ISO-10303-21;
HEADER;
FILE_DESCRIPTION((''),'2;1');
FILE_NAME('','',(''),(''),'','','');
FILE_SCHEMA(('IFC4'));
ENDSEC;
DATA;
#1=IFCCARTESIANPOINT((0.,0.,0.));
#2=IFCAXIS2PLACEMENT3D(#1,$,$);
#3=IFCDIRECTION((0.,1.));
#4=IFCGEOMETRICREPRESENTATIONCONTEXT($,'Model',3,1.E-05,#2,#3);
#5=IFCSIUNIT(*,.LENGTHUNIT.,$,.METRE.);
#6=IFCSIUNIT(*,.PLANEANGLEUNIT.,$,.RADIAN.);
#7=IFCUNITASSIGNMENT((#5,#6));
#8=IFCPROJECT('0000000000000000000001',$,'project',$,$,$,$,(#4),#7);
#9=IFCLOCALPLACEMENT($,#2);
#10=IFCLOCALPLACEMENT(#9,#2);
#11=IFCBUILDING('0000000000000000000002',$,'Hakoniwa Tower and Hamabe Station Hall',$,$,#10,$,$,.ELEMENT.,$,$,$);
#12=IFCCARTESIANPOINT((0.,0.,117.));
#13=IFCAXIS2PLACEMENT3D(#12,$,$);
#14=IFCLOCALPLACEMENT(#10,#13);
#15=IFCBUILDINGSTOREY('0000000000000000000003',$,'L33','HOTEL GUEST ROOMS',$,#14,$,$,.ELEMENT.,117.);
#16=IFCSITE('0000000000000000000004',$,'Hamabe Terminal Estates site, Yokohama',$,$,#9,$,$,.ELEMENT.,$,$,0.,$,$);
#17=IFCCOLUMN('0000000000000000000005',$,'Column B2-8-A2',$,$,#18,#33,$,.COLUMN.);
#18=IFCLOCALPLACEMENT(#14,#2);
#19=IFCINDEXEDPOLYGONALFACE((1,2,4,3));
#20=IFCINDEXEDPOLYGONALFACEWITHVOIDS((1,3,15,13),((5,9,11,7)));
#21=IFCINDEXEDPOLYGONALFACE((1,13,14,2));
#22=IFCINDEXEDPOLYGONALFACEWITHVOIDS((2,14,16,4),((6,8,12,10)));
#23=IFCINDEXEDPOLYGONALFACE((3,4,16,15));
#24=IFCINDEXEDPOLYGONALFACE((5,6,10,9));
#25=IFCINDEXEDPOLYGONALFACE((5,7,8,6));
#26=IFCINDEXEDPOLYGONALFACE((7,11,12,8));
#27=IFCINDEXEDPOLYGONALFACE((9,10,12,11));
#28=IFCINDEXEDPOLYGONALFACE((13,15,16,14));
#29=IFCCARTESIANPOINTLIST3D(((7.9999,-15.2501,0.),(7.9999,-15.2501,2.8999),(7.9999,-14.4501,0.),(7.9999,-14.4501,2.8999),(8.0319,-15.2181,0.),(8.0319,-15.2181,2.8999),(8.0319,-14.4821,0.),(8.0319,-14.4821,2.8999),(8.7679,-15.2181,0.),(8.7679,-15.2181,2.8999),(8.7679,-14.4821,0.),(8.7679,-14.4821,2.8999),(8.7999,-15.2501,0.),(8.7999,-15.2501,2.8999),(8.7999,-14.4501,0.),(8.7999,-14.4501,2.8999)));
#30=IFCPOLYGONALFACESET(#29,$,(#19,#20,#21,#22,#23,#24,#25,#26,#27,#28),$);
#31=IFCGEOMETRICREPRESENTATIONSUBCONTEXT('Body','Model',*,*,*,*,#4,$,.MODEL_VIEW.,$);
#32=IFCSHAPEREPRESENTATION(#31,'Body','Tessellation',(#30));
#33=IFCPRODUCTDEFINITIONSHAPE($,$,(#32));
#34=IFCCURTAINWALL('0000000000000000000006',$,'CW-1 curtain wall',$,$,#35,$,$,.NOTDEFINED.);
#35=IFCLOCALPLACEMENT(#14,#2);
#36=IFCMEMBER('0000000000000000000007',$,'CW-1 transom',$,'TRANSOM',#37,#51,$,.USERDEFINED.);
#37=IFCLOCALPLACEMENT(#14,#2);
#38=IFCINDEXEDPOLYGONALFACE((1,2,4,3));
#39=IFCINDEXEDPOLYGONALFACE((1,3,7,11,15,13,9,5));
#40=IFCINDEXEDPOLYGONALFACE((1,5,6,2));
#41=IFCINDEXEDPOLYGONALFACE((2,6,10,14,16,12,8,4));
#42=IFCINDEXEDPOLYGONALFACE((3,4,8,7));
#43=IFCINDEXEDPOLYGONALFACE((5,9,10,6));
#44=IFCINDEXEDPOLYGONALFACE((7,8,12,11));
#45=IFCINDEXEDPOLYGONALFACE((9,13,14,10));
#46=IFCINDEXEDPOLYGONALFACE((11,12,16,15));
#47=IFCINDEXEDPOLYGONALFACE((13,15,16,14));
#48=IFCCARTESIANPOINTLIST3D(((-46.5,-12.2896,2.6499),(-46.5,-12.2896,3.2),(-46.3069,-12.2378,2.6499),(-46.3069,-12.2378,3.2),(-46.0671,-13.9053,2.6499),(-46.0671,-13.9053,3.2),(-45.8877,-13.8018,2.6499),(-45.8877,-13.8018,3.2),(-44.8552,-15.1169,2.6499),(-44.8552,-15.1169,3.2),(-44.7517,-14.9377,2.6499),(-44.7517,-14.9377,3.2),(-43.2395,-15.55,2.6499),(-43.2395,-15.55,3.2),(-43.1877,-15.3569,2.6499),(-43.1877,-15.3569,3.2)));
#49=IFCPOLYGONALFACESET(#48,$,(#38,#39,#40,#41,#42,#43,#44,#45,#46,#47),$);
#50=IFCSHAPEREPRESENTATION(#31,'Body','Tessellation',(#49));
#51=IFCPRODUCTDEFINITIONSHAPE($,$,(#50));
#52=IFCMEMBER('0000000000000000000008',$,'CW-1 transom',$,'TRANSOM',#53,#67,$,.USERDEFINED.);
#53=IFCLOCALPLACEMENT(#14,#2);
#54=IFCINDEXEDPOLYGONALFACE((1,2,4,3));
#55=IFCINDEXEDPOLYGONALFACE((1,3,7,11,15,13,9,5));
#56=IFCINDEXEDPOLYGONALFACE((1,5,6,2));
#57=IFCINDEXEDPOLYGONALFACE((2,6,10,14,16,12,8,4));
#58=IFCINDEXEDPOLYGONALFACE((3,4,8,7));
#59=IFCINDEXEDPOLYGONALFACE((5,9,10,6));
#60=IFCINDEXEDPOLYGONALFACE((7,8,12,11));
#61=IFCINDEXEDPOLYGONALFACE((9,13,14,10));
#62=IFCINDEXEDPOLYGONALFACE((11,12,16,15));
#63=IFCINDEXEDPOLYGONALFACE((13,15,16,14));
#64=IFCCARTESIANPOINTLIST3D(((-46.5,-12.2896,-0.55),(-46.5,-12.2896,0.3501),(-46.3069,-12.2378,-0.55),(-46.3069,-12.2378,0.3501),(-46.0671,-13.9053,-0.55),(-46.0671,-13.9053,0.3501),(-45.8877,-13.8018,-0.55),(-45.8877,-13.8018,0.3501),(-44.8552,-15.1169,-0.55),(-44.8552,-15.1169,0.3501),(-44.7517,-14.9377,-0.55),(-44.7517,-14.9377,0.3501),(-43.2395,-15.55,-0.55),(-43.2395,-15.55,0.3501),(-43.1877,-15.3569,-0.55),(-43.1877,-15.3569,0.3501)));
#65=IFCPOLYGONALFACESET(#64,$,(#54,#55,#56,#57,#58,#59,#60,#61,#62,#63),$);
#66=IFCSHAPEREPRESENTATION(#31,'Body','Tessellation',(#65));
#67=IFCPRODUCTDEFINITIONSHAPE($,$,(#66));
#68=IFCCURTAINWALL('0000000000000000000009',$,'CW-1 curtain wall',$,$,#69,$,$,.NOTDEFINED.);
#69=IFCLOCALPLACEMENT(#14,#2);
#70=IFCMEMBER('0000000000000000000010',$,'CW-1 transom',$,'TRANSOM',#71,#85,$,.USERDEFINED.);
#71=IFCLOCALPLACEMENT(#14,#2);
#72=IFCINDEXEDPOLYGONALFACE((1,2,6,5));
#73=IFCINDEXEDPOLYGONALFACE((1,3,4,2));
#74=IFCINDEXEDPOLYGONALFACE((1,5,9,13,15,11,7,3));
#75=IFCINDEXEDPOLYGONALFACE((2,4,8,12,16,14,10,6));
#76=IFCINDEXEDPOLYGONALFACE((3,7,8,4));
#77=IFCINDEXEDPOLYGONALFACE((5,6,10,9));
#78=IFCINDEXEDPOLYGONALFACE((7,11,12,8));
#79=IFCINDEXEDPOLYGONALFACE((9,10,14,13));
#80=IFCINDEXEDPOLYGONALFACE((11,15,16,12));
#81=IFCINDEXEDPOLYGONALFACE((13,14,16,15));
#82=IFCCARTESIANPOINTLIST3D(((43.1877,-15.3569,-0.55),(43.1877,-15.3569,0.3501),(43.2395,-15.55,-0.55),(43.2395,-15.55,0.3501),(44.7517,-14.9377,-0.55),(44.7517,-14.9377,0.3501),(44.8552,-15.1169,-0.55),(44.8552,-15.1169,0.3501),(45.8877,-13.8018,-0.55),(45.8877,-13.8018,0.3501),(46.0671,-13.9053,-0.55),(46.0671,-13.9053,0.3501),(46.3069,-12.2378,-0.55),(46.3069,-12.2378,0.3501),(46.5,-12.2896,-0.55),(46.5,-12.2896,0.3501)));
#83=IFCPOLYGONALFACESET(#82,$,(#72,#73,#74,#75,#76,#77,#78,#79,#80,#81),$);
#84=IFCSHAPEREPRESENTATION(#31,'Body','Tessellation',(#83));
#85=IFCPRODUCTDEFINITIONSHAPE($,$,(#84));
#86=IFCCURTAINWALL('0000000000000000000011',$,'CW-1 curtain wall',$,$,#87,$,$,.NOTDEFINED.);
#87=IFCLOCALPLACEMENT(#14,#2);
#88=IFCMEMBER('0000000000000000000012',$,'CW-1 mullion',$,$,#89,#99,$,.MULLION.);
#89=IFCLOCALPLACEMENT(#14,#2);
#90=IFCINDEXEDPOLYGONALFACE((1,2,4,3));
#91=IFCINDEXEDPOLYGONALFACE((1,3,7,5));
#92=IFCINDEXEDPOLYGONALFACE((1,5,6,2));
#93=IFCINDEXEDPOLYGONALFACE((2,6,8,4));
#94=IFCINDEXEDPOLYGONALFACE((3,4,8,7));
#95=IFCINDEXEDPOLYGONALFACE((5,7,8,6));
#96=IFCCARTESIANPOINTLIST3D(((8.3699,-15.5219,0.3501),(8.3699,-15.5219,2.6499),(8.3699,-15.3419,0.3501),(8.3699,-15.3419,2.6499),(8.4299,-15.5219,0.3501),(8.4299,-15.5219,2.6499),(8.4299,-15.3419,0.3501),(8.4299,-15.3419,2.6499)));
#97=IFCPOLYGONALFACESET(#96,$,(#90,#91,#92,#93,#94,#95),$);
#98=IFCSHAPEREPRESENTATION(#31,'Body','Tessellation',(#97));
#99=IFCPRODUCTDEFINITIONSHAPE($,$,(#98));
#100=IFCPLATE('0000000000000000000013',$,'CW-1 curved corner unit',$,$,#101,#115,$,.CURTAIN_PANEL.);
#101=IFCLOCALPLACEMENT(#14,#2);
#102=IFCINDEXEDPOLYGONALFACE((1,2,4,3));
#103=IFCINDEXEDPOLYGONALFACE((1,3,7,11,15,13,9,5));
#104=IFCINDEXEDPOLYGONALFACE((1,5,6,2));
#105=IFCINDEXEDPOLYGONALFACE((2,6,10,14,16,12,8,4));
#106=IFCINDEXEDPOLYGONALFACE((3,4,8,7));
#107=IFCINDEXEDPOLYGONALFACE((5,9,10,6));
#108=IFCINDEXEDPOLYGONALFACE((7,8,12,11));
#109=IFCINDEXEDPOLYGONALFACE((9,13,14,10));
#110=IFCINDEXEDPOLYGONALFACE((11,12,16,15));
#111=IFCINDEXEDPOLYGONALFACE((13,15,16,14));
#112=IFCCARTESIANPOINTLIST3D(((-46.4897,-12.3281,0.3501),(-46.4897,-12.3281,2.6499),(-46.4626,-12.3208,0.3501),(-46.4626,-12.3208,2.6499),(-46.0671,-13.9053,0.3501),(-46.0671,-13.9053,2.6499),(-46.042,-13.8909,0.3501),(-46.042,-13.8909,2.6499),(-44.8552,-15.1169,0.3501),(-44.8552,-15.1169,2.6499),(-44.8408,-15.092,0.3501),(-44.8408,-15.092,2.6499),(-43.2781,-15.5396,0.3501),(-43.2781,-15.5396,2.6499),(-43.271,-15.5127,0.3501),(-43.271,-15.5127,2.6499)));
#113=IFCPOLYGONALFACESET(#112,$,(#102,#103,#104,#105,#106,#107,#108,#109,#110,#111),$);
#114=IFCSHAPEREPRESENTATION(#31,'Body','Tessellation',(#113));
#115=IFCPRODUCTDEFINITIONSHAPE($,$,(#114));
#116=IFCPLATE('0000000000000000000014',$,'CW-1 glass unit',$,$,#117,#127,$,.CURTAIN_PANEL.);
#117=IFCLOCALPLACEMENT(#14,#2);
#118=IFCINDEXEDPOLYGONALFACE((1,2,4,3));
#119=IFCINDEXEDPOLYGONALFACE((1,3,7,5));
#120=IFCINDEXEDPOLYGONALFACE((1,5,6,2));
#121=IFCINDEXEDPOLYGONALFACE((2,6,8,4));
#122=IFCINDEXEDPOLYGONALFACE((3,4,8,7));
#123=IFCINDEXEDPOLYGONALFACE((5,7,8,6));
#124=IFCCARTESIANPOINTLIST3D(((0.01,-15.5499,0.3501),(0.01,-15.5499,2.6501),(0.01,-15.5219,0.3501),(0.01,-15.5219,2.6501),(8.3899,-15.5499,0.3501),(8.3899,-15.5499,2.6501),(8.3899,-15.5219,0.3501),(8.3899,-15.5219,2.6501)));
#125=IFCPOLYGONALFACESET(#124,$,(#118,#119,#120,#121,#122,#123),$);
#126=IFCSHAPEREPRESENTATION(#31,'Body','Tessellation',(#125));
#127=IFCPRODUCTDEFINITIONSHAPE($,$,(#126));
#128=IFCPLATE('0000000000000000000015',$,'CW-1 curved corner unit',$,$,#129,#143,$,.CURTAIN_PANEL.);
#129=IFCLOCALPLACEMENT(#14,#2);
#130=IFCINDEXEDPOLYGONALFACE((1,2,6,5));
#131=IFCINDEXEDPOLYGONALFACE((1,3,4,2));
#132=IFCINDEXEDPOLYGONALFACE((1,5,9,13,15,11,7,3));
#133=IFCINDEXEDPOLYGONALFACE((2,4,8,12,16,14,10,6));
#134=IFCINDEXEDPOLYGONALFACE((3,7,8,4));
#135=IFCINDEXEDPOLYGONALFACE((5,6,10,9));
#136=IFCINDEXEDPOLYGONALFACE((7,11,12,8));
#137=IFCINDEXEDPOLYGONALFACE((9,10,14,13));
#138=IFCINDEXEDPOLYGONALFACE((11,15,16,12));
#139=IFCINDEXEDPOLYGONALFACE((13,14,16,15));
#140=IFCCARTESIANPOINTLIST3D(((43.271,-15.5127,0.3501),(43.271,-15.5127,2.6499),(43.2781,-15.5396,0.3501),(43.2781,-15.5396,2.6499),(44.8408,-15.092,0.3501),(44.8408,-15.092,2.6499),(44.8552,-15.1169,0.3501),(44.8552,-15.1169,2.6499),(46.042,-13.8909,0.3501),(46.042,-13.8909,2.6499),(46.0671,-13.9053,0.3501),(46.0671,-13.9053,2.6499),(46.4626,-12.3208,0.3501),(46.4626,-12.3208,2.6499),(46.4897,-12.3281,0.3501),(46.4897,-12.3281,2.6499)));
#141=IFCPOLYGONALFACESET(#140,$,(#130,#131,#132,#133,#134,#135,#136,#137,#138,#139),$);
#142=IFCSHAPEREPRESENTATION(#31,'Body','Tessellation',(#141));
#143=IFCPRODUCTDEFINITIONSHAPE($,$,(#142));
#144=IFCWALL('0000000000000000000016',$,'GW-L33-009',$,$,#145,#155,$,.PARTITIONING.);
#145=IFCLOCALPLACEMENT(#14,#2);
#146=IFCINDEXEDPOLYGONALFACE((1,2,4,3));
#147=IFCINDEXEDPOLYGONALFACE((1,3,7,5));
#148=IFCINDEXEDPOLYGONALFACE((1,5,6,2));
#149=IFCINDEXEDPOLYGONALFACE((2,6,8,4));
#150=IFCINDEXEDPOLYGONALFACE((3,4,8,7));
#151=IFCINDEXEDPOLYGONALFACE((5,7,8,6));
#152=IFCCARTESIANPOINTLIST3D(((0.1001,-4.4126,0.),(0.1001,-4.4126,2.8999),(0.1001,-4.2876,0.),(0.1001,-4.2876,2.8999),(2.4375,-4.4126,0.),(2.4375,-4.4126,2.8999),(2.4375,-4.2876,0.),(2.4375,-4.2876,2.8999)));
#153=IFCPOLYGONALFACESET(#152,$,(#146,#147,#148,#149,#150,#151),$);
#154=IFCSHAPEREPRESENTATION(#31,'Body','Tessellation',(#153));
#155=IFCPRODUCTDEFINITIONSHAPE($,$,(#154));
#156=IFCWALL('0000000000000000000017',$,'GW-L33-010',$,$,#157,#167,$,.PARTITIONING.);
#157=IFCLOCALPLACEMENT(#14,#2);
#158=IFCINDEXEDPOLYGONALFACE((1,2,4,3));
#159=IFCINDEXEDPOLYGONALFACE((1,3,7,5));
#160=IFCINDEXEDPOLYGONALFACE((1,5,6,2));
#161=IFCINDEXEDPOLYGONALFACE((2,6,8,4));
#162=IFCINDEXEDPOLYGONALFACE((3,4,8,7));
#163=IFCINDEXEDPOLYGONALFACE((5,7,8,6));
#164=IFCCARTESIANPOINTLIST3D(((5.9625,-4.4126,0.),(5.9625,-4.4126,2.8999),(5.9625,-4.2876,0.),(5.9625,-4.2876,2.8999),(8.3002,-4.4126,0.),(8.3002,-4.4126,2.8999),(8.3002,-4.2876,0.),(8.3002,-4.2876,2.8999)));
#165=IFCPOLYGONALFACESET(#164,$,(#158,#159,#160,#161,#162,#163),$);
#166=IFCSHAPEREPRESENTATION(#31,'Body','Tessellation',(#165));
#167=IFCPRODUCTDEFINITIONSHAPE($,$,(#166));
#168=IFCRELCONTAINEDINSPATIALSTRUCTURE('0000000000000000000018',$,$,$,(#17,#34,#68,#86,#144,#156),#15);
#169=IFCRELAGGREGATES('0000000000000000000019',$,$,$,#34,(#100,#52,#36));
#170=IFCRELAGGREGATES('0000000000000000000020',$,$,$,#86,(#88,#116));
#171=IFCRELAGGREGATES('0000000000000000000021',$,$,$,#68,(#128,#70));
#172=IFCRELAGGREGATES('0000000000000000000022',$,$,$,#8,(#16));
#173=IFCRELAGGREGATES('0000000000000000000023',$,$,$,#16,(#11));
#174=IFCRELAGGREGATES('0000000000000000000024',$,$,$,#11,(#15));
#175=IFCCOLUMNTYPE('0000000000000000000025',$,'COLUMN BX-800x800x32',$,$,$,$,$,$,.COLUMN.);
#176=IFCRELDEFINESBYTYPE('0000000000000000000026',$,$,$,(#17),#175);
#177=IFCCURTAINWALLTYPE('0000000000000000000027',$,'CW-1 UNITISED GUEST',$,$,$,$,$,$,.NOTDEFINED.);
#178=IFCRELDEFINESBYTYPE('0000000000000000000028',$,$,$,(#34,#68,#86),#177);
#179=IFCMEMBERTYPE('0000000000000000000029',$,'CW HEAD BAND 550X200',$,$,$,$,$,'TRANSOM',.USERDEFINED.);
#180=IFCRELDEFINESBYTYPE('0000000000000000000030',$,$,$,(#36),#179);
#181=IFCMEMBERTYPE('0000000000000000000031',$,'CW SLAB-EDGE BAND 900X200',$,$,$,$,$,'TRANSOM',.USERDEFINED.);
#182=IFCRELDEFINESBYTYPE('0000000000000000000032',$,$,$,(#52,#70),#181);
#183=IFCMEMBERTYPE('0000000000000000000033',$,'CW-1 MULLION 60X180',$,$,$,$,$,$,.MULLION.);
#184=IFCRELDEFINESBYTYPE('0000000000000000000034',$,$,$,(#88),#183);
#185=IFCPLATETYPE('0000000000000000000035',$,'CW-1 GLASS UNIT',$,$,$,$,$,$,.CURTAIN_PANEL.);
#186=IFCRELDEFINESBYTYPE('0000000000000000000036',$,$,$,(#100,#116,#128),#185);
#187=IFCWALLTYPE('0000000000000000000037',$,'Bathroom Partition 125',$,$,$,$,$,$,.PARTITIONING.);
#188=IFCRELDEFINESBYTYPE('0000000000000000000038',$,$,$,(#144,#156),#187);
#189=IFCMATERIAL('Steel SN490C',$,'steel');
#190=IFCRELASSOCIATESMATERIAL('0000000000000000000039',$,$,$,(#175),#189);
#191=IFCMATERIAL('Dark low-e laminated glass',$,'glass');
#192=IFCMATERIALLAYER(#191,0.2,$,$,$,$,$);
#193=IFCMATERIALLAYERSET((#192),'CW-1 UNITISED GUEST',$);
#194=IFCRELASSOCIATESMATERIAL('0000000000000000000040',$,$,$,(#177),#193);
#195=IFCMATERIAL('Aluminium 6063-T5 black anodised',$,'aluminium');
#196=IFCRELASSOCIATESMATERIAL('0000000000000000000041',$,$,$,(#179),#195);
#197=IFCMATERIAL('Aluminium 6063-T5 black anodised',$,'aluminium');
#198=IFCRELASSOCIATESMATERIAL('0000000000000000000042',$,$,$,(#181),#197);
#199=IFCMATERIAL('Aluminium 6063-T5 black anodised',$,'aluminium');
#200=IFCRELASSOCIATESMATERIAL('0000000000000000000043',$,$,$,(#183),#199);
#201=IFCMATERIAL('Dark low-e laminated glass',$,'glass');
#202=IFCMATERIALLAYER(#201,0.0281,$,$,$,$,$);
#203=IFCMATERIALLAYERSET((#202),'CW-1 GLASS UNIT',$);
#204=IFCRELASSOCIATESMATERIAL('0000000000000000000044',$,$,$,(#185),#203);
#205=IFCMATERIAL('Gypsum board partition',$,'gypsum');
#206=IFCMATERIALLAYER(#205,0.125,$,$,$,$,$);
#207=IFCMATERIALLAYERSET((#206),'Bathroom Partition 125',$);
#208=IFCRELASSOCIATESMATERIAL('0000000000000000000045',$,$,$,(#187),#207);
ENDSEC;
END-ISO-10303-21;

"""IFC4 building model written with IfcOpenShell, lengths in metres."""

from ifc_helpers import new_model, si_unit, direction, frame, frame_2d, origin, origin_2d, place, context, subcontext, project, spatial, polyline, rectangle, hollow_rectangle, outline, extrude, material, layer, layer_set, material_profile, profile_set, type_object, element, aggregate, save


model = new_model("IFC4")

# Units and contexts
model_context = context("Model", 3, precision=1e-05, world=origin(), true_north=direction((0.0, 1.0)))
body_context = subcontext(model_context, "Body", "Model", "MODEL_VIEW")
ifc_project = project(units=[si_unit("LENGTHUNIT", "METRE"), si_unit("PLANEANGLEUNIT", "RADIAN")], contexts=[model_context])

# Site, building, storey
site_placement = place(None, origin())
site = spatial("IfcSite", under=ifc_project, at=site_placement, Name="Hamabe Terminal Estates site, Yokohama", CompositionType="ELEMENT", RefElevation=0.0)
building_placement = place(site_placement, origin())
building = spatial("IfcBuilding", under=site, at=building_placement, Name="Hakoniwa Tower and Hamabe Station Hall", CompositionType="ELEMENT")
storey_placement = place(building_placement, frame((0.0, 0.0, 117.0)))
storey = spatial("IfcBuildingStorey", under=building, at=storey_placement, Name="L33", Description="HOTEL GUEST ROOMS", CompositionType="ELEMENT", Elevation=117.0)

# Column
ifc_material_1 = material(Name="Steel SN490C", Category="steel")
ifc_material_profile_1 = material_profile(ifc_material_1, hollow_rectangle(XDim=0.8, YDim=0.8, WallThickness=0.032, at=origin_2d()), Name="BX-800x800x32")
ifc_profile_set_1 = profile_set([ifc_material_profile_1], Name="Steel SN490C")
column_type = type_object("IfcColumnType", Name="COLUMN BX-800x800x32", PredefinedType="COLUMN", material=ifc_profile_set_1)
column_placement = place(storey_placement, frame((8.3999, -14.8501, 0.0), z_axis=(0.0, 0.0, 1.0), x_axis=(1.0, 0.0, 0.0)))
element("IfcColumn", 1, at=column_placement, inside=storey, type_object=column_type, Name="Column B2-8-A2", PredefinedType="COLUMN", context=body_context, shape_type="SweptSolid", body=[
    extrude(hollow_rectangle(XDim=0.8, YDim=0.8, WallThickness=0.032, at=origin_2d()), origin(), (0.0, 0.0, 1.0), 2.8999),
])

# Curtain wall, members
ifc_material_2 = material(Name="Dark low-e laminated glass", Category="glass")
ifc_layer_1 = layer(ifc_material_2, 0.2)
ifc_layer_set_1 = layer_set([ifc_layer_1], Name="CW-1 UNITISED GUEST")
curtain_wall_type = type_object("IfcCurtainWallType", Name="CW-1 UNITISED GUEST", PredefinedType="NOTDEFINED", material=ifc_layer_set_1)
curtain_wall_1_placement = place(storey_placement, origin())
curtain_wall_1 = element("IfcCurtainWall", 2, at=curtain_wall_1_placement, inside=storey, type_object=curtain_wall_type, Name="CW-1 curtain wall", PredefinedType="NOTDEFINED")
ifc_material_3 = material(Name="Aluminium 6063-T5 black anodised", Category="aluminium")
ifc_material_profile_2 = material_profile(ifc_material_3, rectangle(XDim=0.2, YDim=0.55, at=origin_2d()), Name="CW HEAD BAND 550X200")
ifc_profile_set_2 = profile_set([ifc_material_profile_2], Name="Aluminium 6063-T5 black anodised")
member_type_1 = type_object("IfcMemberType", Name="CW HEAD BAND 550X200", ElementType="TRANSOM", PredefinedType="USERDEFINED", material=ifc_profile_set_2)
member_1_placement = place(storey_placement, frame((0.0, 0.0, 2.6499)))
member_1 = element("IfcMember", 3, at=member_1_placement, type_object=member_type_1, Name="CW-1 transom", ObjectType="TRANSOM", PredefinedType="USERDEFINED", context=body_context, shape_type="SweptSolid", body=[
    extrude(outline(polyline([(-46.5, -12.2896), (-46.0671, -13.9053), (-44.8552, -15.1169), (-43.2395, -15.55), (-43.1877, -15.3569), (-44.7517, -14.9377), (-45.8877, -13.8018), (-46.3069, -12.2378), (-46.5, -12.2896)])), origin(), (0.0, 0.0, 1.0), 0.55),
])
ifc_material_4 = material(Name="Aluminium 6063-T5 black anodised", Category="aluminium")
ifc_material_profile_3 = material_profile(ifc_material_4, rectangle(XDim=0.2, YDim=0.8999, at=origin_2d()), Name="CW SLAB-EDGE BAND 900X200")
ifc_profile_set_3 = profile_set([ifc_material_profile_3], Name="Aluminium 6063-T5 black anodised")
member_type_2 = type_object("IfcMemberType", Name="CW SLAB-EDGE BAND 900X200", ElementType="TRANSOM", PredefinedType="USERDEFINED", material=ifc_profile_set_3)
member_2_placement = place(storey_placement, frame((0.0, 0.0, -0.55)))
member_2 = element("IfcMember", 4, at=member_2_placement, type_object=member_type_2, Name="CW-1 transom", ObjectType="TRANSOM", PredefinedType="USERDEFINED", context=body_context, shape_type="SweptSolid", body=[
    extrude(outline(polyline([(-46.5, -12.2896), (-46.0671, -13.9053), (-44.8552, -15.1169), (-43.2395, -15.55), (-43.1877, -15.3569), (-44.7517, -14.9377), (-45.8877, -13.8018), (-46.3069, -12.2378), (-46.5, -12.2896)])), origin(), (0.0, 0.0, 1.0), 0.9001),
])

# Curtain walls, members
curtain_wall_2_placement = place(storey_placement, origin())
curtain_wall_2 = element("IfcCurtainWall", 5, at=curtain_wall_2_placement, inside=storey, type_object=curtain_wall_type, Name="CW-1 curtain wall", PredefinedType="NOTDEFINED")
member_3_placement = place(storey_placement, frame((0.0, 0.0, -0.55)))
member_3 = element("IfcMember", 6, at=member_3_placement, type_object=member_type_2, Name="CW-1 transom", ObjectType="TRANSOM", PredefinedType="USERDEFINED", context=body_context, shape_type="SweptSolid", body=[
    extrude(outline(polyline([(43.2395, -15.55), (44.8552, -15.1169), (46.0671, -13.9053), (46.5, -12.2896), (46.3069, -12.2378), (45.8877, -13.8018), (44.7517, -14.9377), (43.1877, -15.3569), (43.2395, -15.55)])), origin(), (0.0, 0.0, 1.0), 0.9001),
])
curtain_wall_3_placement = place(storey_placement, origin())
curtain_wall_3 = element("IfcCurtainWall", 7, at=curtain_wall_3_placement, inside=storey, type_object=curtain_wall_type, Name="CW-1 curtain wall", PredefinedType="NOTDEFINED")
ifc_material_5 = material(Name="Aluminium 6063-T5 black anodised", Category="aluminium")
ifc_material_profile_4 = material_profile(ifc_material_5, rectangle(XDim=0.0601, YDim=0.1799, at=origin_2d()), Name="CW-1 MULLION 60X180")
ifc_profile_set_4 = profile_set([ifc_material_profile_4], Name="Aluminium 6063-T5 black anodised")
member_type_3 = type_object("IfcMemberType", Name="CW-1 MULLION 60X180", PredefinedType="MULLION", material=ifc_profile_set_4)
member_4_placement = place(storey_placement, frame((8.3999, -15.4319, 0.3501), z_axis=(0.0, 0.0, 1.0), x_axis=(1.0, 0.0, 0.0)))
member_4 = element("IfcMember", 8, at=member_4_placement, type_object=member_type_3, Name="CW-1 mullion", PredefinedType="MULLION", context=body_context, shape_type="SweptSolid", body=[
    extrude(rectangle(XDim=0.0601, YDim=0.1799, at=origin_2d()), origin(), (0.0, 0.0, 1.0), 2.2998),
])

# Plates
ifc_material_6 = material(Name="Dark low-e laminated glass", Category="glass")
ifc_layer_2 = layer(ifc_material_6, 0.0281)
ifc_layer_set_2 = layer_set([ifc_layer_2], Name="CW-1 GLASS UNIT")
plate_type = type_object("IfcPlateType", Name="CW-1 GLASS UNIT", PredefinedType="CURTAIN_PANEL", material=ifc_layer_set_2)
plate_1_placement = place(storey_placement, frame((0.0, 0.0, 0.3501)))
plate_1 = element("IfcPlate", 9, at=plate_1_placement, type_object=plate_type, Name="CW-1 curved corner unit", PredefinedType="CURTAIN_PANEL", context=body_context, shape_type="SweptSolid", body=[
    extrude(outline(polyline([(-46.4897, -12.3281), (-46.0671, -13.9053), (-44.8552, -15.1169), (-43.2781, -15.5396), (-43.271, -15.5127), (-44.8408, -15.092), (-46.042, -13.8909), (-46.4626, -12.3208), (-46.4897, -12.3281)])), origin(), (0.0, 0.0, 1.0), 2.2998),
])
aggregate(curtain_wall_1, [plate_1, member_2, member_1])
plate_2_placement = place(storey_placement, frame((4.2, -15.5359, 0.3501), z_axis=(0.0, 0.0, 1.0), x_axis=(1.0, 0.0, 0.0)))
plate_2 = element("IfcPlate", 10, at=plate_2_placement, type_object=plate_type, Name="CW-1 glass unit", PredefinedType="CURTAIN_PANEL", context=body_context, shape_type="SweptSolid", body=[
    extrude(rectangle(XDim=8.3799, YDim=0.0281, at=origin_2d()), origin(), (0.0, 0.0, 1.0), 2.3),
])
aggregate(curtain_wall_3, [member_4, plate_2])
plate_3_placement = place(storey_placement, frame((0.0, 0.0, 0.3501)))
plate_3 = element("IfcPlate", 11, at=plate_3_placement, type_object=plate_type, Name="CW-1 curved corner unit", PredefinedType="CURTAIN_PANEL", context=body_context, shape_type="SweptSolid", body=[
    extrude(outline(polyline([(43.2781, -15.5396), (44.8552, -15.1169), (46.0671, -13.9053), (46.4897, -12.3281), (46.4626, -12.3208), (46.042, -13.8909), (44.8408, -15.092), (43.271, -15.5127), (43.2781, -15.5396)])), origin(), (0.0, 0.0, 1.0), 2.2998),
])
aggregate(curtain_wall_2, [plate_3, member_3])

# Walls
ifc_material_7 = material(Name="Gypsum board partition", Category="gypsum")
ifc_layer_3 = layer(ifc_material_7, 0.125)
ifc_layer_set_3 = layer_set([ifc_layer_3], Name="Bathroom Partition 125")
wall_type_1 = type_object("IfcWallType", Name="Bathroom Partition 125", PredefinedType="PARTITIONING", material=ifc_layer_set_3)
wall_1_placement = place(storey_placement, frame((0.1001, -4.3501, 0.0), z_axis=(0.0, 0.0, 1.0), x_axis=(1.0, 0.0, 0.0)))
element("IfcWall", 12, at=wall_1_placement, inside=storey, type_object=wall_type_1, Name="GW-L33-009", PredefinedType="PARTITIONING", context=body_context, shape_type="SweptSolid", body=[
    extrude(rectangle(XDim=2.3374, YDim=0.125, at=frame_2d((1.1687, 0.0))), origin(), (0.0, 0.0, 1.0), 2.8999),
])
wall_2_placement = place(storey_placement, frame((5.9624, -4.3501, 0.0), z_axis=(0.0, 0.0, 1.0), x_axis=(1.0, 0.0, 0.0)))
element("IfcWall", 13, at=wall_2_placement, inside=storey, type_object=wall_type_1, Name="GW-L33-010", PredefinedType="PARTITIONING", context=body_context, shape_type="SweptSolid", body=[
    extrude(rectangle(XDim=2.3376, YDim=0.125, at=frame_2d((1.1689, 0.0))), origin(), (0.0, 0.0, 1.0), 2.8999),
])

save(model, "model.ifc")
